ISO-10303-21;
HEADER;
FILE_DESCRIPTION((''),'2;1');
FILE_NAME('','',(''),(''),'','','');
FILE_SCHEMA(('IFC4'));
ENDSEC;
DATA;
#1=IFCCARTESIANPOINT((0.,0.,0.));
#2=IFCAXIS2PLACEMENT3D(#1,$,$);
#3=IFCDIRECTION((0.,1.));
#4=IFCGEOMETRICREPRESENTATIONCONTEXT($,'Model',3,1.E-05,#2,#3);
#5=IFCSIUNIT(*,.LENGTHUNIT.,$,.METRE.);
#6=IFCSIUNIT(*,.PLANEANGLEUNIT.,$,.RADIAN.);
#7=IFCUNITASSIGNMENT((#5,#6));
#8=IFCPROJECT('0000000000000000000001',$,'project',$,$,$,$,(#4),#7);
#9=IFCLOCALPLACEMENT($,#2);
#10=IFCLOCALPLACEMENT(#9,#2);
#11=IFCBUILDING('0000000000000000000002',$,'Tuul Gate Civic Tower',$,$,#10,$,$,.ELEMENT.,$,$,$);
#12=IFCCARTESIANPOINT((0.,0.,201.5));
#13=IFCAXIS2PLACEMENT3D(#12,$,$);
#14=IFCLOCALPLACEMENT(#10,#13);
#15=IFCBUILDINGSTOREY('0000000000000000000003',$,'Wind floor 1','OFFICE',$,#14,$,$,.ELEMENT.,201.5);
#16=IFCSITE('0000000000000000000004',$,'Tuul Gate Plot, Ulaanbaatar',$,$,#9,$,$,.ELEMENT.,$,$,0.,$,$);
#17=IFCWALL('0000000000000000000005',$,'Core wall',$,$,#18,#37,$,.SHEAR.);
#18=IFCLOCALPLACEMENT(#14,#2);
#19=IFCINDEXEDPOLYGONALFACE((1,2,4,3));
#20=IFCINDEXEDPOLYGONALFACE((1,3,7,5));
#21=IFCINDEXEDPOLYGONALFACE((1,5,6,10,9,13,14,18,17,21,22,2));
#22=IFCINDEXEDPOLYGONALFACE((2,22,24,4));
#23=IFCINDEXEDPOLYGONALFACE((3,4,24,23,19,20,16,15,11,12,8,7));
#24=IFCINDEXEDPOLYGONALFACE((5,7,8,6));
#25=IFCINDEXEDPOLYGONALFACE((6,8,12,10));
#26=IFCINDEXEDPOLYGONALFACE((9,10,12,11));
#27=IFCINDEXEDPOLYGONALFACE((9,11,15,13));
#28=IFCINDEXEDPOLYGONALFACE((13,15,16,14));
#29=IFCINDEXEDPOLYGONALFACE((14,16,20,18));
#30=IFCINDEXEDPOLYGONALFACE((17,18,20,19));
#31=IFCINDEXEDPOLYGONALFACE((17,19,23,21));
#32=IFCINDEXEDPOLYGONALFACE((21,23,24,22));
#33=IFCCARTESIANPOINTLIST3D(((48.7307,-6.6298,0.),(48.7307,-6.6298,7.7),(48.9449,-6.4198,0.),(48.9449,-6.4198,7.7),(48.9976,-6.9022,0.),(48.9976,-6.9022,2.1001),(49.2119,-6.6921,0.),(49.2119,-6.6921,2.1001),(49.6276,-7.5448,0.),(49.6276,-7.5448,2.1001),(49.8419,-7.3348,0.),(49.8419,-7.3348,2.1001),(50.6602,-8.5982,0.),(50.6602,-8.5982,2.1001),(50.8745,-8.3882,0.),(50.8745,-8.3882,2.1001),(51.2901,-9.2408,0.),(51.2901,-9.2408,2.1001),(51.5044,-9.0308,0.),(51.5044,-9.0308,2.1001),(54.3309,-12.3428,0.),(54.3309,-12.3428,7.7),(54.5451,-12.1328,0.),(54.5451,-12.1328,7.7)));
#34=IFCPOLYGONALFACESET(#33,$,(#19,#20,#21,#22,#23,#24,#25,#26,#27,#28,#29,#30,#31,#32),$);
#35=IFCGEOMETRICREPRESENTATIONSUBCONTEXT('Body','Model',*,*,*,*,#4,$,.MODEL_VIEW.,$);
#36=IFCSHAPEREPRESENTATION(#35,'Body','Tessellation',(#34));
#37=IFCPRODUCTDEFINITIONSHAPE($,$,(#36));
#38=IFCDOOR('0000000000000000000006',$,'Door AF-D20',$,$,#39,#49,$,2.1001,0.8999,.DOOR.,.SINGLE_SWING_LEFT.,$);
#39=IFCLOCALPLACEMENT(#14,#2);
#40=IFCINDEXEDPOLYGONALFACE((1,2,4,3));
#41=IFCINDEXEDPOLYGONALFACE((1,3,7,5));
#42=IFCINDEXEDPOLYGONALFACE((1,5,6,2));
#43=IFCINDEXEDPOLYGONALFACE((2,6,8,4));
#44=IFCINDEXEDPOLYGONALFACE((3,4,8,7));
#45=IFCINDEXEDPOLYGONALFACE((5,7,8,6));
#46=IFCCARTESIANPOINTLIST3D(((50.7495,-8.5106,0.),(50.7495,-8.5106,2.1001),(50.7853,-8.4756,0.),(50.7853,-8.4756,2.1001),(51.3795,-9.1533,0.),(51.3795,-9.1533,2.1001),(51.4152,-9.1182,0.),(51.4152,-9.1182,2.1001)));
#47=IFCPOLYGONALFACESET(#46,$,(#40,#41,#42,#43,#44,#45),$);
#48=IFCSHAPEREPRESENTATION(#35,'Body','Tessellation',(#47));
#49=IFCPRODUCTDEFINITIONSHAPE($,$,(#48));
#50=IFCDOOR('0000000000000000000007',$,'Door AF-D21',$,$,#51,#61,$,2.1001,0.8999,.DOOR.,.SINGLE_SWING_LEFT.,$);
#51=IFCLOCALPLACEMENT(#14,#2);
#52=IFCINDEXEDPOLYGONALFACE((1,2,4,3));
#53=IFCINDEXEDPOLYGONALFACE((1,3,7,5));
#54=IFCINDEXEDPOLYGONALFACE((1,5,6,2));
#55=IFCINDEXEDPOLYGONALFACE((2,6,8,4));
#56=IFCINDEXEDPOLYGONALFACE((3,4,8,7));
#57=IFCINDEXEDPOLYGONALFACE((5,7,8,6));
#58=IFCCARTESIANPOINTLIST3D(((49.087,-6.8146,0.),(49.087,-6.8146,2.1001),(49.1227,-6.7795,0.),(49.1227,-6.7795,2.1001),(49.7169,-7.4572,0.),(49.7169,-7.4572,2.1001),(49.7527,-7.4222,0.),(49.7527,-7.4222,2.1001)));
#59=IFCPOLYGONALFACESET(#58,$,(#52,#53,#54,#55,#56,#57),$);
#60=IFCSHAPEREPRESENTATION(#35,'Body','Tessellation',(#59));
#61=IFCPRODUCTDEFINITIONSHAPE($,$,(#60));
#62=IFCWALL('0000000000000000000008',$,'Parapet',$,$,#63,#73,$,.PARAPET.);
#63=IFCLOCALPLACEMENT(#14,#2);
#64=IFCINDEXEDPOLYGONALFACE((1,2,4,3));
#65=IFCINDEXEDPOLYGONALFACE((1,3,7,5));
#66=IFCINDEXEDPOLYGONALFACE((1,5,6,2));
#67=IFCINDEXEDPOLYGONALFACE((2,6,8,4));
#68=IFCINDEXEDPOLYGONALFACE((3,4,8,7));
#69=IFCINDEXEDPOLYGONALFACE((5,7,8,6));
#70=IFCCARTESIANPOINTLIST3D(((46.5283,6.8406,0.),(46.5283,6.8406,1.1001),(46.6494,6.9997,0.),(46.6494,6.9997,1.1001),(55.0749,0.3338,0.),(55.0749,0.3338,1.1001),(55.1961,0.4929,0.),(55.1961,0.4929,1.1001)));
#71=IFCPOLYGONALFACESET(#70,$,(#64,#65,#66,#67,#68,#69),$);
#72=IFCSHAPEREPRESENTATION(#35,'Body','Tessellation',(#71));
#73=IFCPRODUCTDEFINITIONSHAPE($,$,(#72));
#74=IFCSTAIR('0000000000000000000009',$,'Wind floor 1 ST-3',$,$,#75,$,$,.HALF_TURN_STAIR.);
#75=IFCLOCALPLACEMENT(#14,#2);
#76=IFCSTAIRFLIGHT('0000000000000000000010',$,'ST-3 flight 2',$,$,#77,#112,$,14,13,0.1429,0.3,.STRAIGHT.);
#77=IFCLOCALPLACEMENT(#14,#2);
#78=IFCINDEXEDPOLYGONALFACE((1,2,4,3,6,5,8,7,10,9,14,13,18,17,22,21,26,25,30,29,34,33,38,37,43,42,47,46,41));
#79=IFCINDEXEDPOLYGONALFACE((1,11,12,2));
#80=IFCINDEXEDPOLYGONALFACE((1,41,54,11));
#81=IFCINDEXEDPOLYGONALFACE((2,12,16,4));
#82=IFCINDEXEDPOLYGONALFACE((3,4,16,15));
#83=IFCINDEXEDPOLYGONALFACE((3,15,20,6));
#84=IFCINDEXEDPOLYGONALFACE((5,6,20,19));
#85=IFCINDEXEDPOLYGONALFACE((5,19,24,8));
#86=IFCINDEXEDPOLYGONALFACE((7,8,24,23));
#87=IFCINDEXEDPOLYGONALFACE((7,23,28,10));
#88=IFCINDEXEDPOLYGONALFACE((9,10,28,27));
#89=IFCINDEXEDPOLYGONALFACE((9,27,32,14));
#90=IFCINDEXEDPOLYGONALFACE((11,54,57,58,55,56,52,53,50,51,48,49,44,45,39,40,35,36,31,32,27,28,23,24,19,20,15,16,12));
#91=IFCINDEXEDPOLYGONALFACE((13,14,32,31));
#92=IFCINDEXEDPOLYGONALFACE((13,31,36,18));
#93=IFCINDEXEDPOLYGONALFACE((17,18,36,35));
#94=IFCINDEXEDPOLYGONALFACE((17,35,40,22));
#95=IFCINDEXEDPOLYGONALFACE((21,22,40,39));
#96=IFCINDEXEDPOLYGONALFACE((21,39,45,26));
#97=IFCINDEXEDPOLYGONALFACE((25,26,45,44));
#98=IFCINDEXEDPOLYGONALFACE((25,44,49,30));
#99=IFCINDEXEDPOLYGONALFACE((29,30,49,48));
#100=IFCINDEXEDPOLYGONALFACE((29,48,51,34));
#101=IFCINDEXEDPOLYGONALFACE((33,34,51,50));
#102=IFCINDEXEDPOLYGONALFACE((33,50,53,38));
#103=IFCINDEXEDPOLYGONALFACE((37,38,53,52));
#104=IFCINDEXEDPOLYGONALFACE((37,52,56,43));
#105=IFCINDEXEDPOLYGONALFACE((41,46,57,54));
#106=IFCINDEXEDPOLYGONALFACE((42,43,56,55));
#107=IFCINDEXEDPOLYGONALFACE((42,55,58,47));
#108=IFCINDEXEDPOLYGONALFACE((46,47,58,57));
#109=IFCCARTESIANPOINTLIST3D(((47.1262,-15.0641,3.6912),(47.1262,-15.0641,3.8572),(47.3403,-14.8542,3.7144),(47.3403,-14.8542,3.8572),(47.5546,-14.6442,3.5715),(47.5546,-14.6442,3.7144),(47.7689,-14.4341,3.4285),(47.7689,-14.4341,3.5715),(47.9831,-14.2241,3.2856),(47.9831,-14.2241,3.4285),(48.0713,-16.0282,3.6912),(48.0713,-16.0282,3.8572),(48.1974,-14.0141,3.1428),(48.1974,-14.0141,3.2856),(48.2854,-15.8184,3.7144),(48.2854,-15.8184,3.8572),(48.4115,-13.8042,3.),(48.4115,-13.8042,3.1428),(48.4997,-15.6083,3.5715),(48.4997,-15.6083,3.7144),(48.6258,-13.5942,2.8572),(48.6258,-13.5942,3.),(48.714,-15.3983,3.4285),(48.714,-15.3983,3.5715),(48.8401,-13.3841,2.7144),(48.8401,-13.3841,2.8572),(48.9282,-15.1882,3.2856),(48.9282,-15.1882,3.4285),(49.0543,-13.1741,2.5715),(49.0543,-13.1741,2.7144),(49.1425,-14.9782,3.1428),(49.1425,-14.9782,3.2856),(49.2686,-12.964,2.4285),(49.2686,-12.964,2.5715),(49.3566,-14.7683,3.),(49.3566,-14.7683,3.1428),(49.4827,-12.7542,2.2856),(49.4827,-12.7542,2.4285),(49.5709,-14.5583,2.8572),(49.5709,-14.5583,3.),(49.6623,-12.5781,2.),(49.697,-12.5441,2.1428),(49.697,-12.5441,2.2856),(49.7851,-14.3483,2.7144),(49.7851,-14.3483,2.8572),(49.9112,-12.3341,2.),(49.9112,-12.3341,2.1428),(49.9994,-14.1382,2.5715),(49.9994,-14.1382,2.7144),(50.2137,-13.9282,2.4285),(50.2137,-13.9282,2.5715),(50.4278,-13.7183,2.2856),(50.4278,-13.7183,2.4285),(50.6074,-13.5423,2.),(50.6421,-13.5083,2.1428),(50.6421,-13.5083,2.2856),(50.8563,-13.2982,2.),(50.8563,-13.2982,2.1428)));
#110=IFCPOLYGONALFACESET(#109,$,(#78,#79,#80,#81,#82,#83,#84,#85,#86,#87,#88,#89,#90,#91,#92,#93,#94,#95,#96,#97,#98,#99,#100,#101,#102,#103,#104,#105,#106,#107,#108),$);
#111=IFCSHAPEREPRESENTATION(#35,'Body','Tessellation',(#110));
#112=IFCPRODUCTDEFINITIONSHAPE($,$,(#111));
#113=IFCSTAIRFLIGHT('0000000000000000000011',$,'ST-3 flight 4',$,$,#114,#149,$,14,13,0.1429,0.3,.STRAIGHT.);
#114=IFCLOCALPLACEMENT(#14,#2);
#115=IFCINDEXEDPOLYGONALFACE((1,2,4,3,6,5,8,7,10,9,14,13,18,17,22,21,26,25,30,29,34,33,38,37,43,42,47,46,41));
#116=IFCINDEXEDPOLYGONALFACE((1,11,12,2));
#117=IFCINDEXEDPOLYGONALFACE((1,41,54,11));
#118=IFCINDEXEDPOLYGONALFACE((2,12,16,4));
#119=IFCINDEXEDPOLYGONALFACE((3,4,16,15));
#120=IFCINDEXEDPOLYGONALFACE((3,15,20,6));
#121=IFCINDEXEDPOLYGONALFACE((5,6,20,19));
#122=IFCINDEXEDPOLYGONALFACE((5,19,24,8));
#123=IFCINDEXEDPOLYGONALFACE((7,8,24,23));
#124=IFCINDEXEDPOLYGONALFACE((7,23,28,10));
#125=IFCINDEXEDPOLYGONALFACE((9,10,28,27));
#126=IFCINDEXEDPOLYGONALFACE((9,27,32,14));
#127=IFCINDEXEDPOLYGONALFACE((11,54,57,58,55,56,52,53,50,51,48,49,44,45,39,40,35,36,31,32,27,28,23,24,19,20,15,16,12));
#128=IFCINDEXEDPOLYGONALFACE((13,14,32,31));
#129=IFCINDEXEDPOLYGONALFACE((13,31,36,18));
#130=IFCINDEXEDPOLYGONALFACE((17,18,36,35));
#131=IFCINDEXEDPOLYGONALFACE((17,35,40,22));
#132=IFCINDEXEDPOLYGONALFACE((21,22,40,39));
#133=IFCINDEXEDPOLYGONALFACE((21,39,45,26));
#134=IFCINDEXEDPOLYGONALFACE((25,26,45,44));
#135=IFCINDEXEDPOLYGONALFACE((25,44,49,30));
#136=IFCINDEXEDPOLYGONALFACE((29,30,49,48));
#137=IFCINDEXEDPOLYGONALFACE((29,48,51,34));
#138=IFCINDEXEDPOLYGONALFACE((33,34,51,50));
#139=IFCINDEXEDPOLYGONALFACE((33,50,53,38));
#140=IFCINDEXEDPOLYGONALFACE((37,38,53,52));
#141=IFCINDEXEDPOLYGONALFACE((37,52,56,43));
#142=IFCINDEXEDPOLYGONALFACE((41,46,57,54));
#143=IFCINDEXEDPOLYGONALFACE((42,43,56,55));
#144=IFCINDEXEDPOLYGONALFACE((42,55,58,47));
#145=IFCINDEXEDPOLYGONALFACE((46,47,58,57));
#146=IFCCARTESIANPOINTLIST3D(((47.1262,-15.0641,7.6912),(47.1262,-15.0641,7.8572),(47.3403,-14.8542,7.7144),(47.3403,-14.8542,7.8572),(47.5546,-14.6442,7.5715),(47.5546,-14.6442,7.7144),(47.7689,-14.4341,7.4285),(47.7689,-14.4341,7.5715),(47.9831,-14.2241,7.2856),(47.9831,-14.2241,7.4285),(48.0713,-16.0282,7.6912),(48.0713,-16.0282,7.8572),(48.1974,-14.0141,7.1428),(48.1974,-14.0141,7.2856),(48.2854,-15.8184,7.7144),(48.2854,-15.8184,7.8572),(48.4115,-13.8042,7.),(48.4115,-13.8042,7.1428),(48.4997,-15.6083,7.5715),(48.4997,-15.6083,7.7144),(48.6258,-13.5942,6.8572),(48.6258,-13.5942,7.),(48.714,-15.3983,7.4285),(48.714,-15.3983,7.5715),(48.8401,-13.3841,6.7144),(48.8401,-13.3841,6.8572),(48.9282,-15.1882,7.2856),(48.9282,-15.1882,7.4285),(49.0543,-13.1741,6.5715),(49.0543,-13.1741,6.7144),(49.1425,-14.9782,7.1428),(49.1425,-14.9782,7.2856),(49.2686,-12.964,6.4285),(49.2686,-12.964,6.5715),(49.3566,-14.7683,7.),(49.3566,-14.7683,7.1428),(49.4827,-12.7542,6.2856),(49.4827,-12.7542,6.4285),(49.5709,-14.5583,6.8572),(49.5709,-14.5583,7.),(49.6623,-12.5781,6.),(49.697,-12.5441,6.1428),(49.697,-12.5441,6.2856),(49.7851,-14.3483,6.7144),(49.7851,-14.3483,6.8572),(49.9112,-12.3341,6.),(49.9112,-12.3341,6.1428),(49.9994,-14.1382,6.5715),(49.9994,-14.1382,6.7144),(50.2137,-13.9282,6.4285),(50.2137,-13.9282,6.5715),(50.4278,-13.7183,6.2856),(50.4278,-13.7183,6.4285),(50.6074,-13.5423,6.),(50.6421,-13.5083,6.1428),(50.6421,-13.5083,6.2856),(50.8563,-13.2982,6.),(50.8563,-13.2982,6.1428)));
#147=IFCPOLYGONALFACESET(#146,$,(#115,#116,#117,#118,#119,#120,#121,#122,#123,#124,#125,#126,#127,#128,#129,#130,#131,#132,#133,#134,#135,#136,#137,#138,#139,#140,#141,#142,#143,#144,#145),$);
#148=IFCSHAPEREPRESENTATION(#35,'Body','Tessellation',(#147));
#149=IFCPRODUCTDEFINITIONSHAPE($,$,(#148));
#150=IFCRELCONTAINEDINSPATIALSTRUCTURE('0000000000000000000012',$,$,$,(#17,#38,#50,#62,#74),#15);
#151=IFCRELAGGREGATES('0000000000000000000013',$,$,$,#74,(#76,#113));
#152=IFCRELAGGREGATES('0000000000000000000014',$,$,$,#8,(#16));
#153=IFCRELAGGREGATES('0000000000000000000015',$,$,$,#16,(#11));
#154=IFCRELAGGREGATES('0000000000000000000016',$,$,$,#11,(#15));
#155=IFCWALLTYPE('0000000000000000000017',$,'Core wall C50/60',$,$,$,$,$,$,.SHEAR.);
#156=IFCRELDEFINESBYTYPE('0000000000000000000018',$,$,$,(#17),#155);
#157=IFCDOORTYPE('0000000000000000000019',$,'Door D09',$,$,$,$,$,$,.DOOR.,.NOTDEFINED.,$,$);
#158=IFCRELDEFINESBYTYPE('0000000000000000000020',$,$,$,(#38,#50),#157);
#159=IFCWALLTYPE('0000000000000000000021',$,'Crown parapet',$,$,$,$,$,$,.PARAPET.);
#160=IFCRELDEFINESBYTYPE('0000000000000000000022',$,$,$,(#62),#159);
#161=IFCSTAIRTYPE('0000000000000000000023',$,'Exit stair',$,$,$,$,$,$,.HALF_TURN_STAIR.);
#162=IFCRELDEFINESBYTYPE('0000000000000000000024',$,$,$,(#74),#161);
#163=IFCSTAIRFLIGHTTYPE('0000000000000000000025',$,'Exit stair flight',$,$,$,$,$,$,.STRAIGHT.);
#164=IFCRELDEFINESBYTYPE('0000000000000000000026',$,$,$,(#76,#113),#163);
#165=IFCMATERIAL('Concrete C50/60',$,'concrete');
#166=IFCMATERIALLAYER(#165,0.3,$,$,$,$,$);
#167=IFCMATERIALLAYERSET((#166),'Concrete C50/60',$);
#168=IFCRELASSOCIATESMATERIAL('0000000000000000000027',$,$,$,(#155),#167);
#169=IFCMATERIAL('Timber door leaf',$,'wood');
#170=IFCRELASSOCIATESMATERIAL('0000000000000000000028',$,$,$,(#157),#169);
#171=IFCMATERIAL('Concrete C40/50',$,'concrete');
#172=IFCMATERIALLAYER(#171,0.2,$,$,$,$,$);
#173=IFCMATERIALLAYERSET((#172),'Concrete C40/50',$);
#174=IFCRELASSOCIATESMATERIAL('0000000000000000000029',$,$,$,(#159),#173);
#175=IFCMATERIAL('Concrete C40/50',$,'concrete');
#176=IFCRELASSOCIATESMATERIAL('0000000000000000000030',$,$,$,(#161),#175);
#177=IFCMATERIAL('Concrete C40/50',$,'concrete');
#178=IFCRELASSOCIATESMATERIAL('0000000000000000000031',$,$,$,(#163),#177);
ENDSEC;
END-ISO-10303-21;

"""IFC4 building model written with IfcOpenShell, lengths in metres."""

from ifc_helpers import new_model, si_unit, direction, frame, frame_2d, origin, place, context, subcontext, project, spatial, polyline, rectangle, outline, extrude, material, layer, layer_set, type_object, element, fill, aggregate, save


model = new_model("IFC4")

# Units and contexts
model_context = context("Model", 3, precision=1e-05, world=origin(), true_north=direction((0.0, 1.0)))
body_context = subcontext(model_context, "Body", "Model", "MODEL_VIEW")
ifc_project = project(units=[si_unit("LENGTHUNIT", "METRE"), si_unit("PLANEANGLEUNIT", "RADIAN")], contexts=[model_context])

# Site, building, storey
site_placement = place(None, origin())
site = spatial("IfcSite", under=ifc_project, at=site_placement, Name="Tuul Gate Plot, Ulaanbaatar", CompositionType="ELEMENT", RefElevation=0.0)
building_placement = place(site_placement, origin())
building = spatial("IfcBuilding", under=site, at=building_placement, Name="Tuul Gate Civic Tower", CompositionType="ELEMENT")
storey_placement = place(building_placement, frame((0.0, 0.0, 201.5)))
storey = spatial("IfcBuildingStorey", under=building, at=storey_placement, Name="Wind floor 1", Description="OFFICE", CompositionType="ELEMENT", Elevation=201.5)

# Wall, openings, doors
ifc_material_1 = material(Name="Concrete C50/60", Category="concrete")
ifc_layer_1 = layer(ifc_material_1, 0.3)
ifc_layer_set_1 = layer_set([ifc_layer_1], Name="Concrete C50/60")
wall_type_1 = type_object("IfcWallType", Name="Core wall C50/60", PredefinedType="SHEAR", material=ifc_layer_set_1)
wall_1_placement = place(storey_placement, frame((54.438, -12.2378, 0.0), z_axis=(0.0, 0.0, 1.0), x_axis=(-0.700022, 0.714121, 0.0)))
wall_1 = element("IfcWall", 1, at=wall_1_placement, inside=storey, type_object=wall_type_1, Name="Core wall", PredefinedType="SHEAR", context=body_context, shape_type="SweptSolid", body=[
    extrude(rectangle(XDim=8.0, YDim=0.3, at=frame_2d((4.0, 0.0))), origin(), (0.0, 0.0, 1.0), 7.7),
])
opening_1_placement = place(wall_1_placement, frame((4.3438, 0.0, 0.0)))
opening_1 = element("IfcOpeningElement", 2, at=opening_1_placement, cuts=wall_1, PredefinedType="OPENING", context=body_context, shape_type="SweptSolid", body=[
    extrude(rectangle(XDim=0.8999, YDim=2.1001, at=frame_2d((0.45, 1.05))), frame((0.0, 0.1602, 0.0), z_axis=(0.0, -1.0, 0.0), x_axis=(1.0, 0.0, 0.0)), (0.0, 0.0, 1.0), 0.3201),
])
opening_2_placement = place(wall_1_placement, frame((6.7188, 0.0, 0.0)))
opening_2 = element("IfcOpeningElement", 3, at=opening_2_placement, cuts=wall_1, PredefinedType="OPENING", context=body_context, shape_type="SweptSolid", body=[
    extrude(rectangle(XDim=0.8999, YDim=2.1001, at=frame_2d((0.45, 1.05))), frame((0.0, 0.1602, 0.0), z_axis=(0.0, -1.0, 0.0), x_axis=(1.0, 0.0, 0.0)), (0.0, 0.0, 1.0), 0.3201),
])
ifc_material_2 = material(Name="Timber door leaf", Category="wood")
door_type = type_object("IfcDoorType", Name="Door D09", OperationType="NOTDEFINED", PredefinedType="DOOR", material=ifc_material_2)
door_1_placement = place(opening_1_placement, origin())
door_1 = element("IfcDoor", 4, at=door_1_placement, inside=storey, type_object=door_type, Name="Door AF-D20", OperationType="SINGLE_SWING_LEFT", OverallHeight=2.1001, OverallWidth=0.8999, PredefinedType="DOOR", context=body_context, shape_type="SweptSolid", body=[
    extrude(rectangle(XDim=0.8999, YDim=2.1001, at=frame_2d((0.45, 1.05))), frame((0.0, 0.0249, 0.0), z_axis=(0.0, -1.0, 0.0), x_axis=(1.0, 0.0, 0.0)), (0.0, 0.0, 1.0), 0.05),
])
fill(opening_1, door_1)
door_2_placement = place(opening_2_placement, origin())
door_2 = element("IfcDoor", 5, at=door_2_placement, inside=storey, type_object=door_type, Name="Door AF-D21", OperationType="SINGLE_SWING_LEFT", OverallHeight=2.1001, OverallWidth=0.8999, PredefinedType="DOOR", context=body_context, shape_type="SweptSolid", body=[
    extrude(rectangle(XDim=0.8999, YDim=2.1001, at=frame_2d((0.45, 1.05))), frame((0.0, 0.0249, 0.0), z_axis=(0.0, -1.0, 0.0), x_axis=(1.0, 0.0, 0.0)), (0.0, 0.0, 1.0), 0.05),
])
fill(opening_2, door_2)

# Wall
ifc_material_3 = material(Name="Concrete C40/50", Category="concrete")
ifc_layer_2 = layer(ifc_material_3, 0.2)
ifc_layer_set_2 = layer_set([ifc_layer_2], Name="Concrete C40/50")
wall_type_2 = type_object("IfcWallType", Name="Crown parapet", PredefinedType="PARAPET", material=ifc_layer_set_2)
wall_2_placement = place(storey_placement, frame((55.1355, 0.4133, 0.0), z_axis=(0.0, 0.0, 1.0), x_axis=(-0.795651, 0.605756, 0.0)))
element("IfcWall", 6, at=wall_2_placement, inside=storey, type_object=wall_type_2, Name="Parapet", PredefinedType="PARAPET", context=body_context, shape_type="SweptSolid", body=[
    extrude(rectangle(XDim=10.7417, YDim=0.2, at=frame_2d((5.3708, 0.0))), origin(), (0.0, 0.0, 1.0), 1.1001),
])

# Stair, stair flights
ifc_material_4 = material(Name="Concrete C40/50", Category="concrete")
stair_type = type_object("IfcStairType", Name="Exit stair", PredefinedType="HALF_TURN_STAIR", material=ifc_material_4)
stair_placement = place(storey_placement, origin())
stair = element("IfcStair", 7, at=stair_placement, inside=storey, type_object=stair_type, Name="Wind floor 1 ST-3", PredefinedType="HALF_TURN_STAIR")
ifc_material_5 = material(Name="Concrete C40/50", Category="concrete")
stair_flight_type = type_object("IfcStairFlightType", Name="Exit stair flight", PredefinedType="STRAIGHT", material=ifc_material_5)
stair_flight_1_placement = place(storey_placement, frame((50.3838, -12.8162, 2.0), z_axis=(0.0, 0.0, 1.0), x_axis=(-0.714127, -0.700016, 0.0)))
stair_flight_1 = element("IfcStairFlight", 8, at=stair_flight_1_placement, type_object=stair_flight_type, Name="ST-3 flight 2", NumberOfRisers=14, NumberOfTreads=13, PredefinedType="STRAIGHT", RiserHeight=0.1429, TreadLength=0.3, context=body_context, shape_type="SweptSolid", body=[
    extrude(outline(polyline([(0.0, 0.0), (0.0, 0.1428), (0.3, 0.1428), (0.3, 0.2856), (0.6001, 0.2856), (0.6001, 0.4285), (0.8999, 0.4285), (0.8999, 0.5715), (1.2, 0.5715), (1.2, 0.7144), (1.5, 0.7144), (1.5, 0.8572), (1.8, 0.8572), (1.8, 1.0), (2.1001, 1.0), (2.1001, 1.1428), (2.3999, 1.1428), (2.3999, 1.2856), (2.7, 1.2856), (2.7, 1.4285), (3.0, 1.4285), (3.0, 1.5715), (3.3, 1.5715), (3.3, 1.7144), (3.6001, 1.7144), (3.6001, 1.8572), (3.8999, 1.8572), (3.8999, 2.0), (3.8999, 1.6912), (0.3486, 0.0), (0.0, 0.0)])), frame((0.0, 0.675, 0.0), z_axis=(0.0, -1.0, 0.0), x_axis=(1.0, 0.0, 0.0)), (0.0, 0.0, 1.0), 1.3501),
])
stair_flight_2_placement = place(storey_placement, frame((50.3838, -12.8162, 6.0), z_axis=(0.0, 0.0, 1.0), x_axis=(-0.714127, -0.700016, 0.0)))
stair_flight_2 = element("IfcStairFlight", 9, at=stair_flight_2_placement, type_object=stair_flight_type, Name="ST-3 flight 4", NumberOfRisers=14, NumberOfTreads=13, PredefinedType="STRAIGHT", RiserHeight=0.1429, TreadLength=0.3, context=body_context, shape_type="SweptSolid", body=[
    extrude(outline(polyline([(0.0, 0.0), (0.0, 0.1428), (0.3, 0.1428), (0.3, 0.2856), (0.6001, 0.2856), (0.6001, 0.4285), (0.8999, 0.4285), (0.8999, 0.5715), (1.2, 0.5715), (1.2, 0.7144), (1.5, 0.7144), (1.5, 0.8572), (1.8, 0.8572), (1.8, 1.0), (2.1001, 1.0), (2.1001, 1.1428), (2.3999, 1.1428), (2.3999, 1.2856), (2.7, 1.2856), (2.7, 1.4285), (3.0, 1.4285), (3.0, 1.5715), (3.3, 1.5715), (3.3, 1.7144), (3.6001, 1.7144), (3.6001, 1.8572), (3.8999, 1.8572), (3.8999, 2.0), (3.8999, 1.6912), (0.3486, 0.0), (0.0, 0.0)])), frame((0.0, 0.675, 0.0), z_axis=(0.0, -1.0, 0.0), x_axis=(1.0, 0.0, 0.0)), (0.0, 0.0, 1.0), 1.3501),
])
aggregate(stair, [stair_flight_1, stair_flight_2])

save(model, "model.ifc")
